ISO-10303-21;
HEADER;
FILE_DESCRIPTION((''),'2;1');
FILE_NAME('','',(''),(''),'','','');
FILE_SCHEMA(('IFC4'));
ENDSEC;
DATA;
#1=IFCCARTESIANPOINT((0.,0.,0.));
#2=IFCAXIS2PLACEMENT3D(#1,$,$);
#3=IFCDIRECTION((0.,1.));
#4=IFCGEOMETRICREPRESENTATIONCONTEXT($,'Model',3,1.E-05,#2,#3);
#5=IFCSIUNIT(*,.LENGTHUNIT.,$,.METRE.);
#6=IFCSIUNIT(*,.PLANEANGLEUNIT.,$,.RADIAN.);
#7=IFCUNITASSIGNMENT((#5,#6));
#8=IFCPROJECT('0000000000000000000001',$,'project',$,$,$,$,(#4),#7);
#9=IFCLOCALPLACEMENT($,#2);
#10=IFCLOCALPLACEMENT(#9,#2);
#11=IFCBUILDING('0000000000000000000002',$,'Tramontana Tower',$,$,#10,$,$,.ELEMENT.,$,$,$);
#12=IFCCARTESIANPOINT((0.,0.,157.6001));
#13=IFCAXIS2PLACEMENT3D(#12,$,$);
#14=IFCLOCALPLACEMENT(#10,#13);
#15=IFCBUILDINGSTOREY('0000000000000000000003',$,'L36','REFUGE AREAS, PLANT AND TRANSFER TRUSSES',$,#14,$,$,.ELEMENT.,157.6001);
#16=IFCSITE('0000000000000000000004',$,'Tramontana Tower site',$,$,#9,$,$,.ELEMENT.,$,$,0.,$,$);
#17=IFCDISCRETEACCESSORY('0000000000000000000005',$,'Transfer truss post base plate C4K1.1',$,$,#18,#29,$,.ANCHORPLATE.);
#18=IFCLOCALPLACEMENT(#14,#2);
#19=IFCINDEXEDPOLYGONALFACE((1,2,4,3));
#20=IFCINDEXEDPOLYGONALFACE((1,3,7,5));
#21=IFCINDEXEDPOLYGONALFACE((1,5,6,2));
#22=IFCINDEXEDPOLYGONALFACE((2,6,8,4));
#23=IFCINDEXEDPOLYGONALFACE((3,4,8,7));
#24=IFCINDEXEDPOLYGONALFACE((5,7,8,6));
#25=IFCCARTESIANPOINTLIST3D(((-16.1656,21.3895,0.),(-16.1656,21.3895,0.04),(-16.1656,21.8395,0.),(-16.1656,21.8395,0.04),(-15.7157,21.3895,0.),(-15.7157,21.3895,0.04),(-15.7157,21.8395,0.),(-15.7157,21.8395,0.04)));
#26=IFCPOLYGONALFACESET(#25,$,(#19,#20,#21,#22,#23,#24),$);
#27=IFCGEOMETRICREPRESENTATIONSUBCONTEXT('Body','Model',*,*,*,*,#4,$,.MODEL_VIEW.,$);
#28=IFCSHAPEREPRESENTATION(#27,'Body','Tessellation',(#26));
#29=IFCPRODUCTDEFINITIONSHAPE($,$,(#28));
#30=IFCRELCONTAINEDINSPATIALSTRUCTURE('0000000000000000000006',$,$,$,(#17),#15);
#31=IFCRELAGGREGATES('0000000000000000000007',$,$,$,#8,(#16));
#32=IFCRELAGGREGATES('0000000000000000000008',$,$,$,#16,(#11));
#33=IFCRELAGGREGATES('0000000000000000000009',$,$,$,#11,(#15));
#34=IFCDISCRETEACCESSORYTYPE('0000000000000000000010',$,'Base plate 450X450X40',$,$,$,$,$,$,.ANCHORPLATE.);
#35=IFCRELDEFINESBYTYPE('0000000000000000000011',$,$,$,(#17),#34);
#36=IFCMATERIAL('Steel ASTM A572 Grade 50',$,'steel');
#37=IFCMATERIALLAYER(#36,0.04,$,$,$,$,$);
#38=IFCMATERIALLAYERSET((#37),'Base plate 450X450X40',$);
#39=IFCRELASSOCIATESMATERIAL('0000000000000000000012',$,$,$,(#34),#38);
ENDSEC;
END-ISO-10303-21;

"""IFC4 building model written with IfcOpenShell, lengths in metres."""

from ifc_helpers import new_model, si_unit, direction, frame, origin, origin_2d, place, context, subcontext, project, spatial, rectangle, extrude, material, layer, layer_set, type_object, element, save


model = new_model("IFC4")

# Units and contexts
model_context = context("Model", 3, precision=1e-05, world=origin(), true_north=direction((0.0, 1.0)))
body_context = subcontext(model_context, "Body", "Model", "MODEL_VIEW")
ifc_project = project(units=[si_unit("LENGTHUNIT", "METRE"), si_unit("PLANEANGLEUNIT", "RADIAN")], contexts=[model_context])

# Site, building, storey
site_placement = place(None, origin())
site = spatial("IfcSite", under=ifc_project, at=site_placement, Name="Tramontana Tower site", CompositionType="ELEMENT", RefElevation=0.0)
building_placement = place(site_placement, origin())
building = spatial("IfcBuilding", under=site, at=building_placement, Name="Tramontana Tower", CompositionType="ELEMENT")
storey_placement = place(building_placement, frame((0.0, 0.0, 157.6001)))
storey = spatial("IfcBuildingStorey", under=building, at=storey_placement, Name="L36", Description="REFUGE AREAS, PLANT AND TRANSFER TRUSSES", CompositionType="ELEMENT", Elevation=157.6001)

# Discrete accessory
ifc_material_1 = material(Name="Steel ASTM A572 Grade 50", Category="steel")
ifc_layer = layer(ifc_material_1, 0.04)
ifc_layer_set = layer_set([ifc_layer], Name="Base plate 450X450X40")
discrete_accessory_type = type_object("IfcDiscreteAccessoryType", Name="Base plate 450X450X40", PredefinedType="ANCHORPLATE", material=ifc_layer_set)
discrete_accessory_placement = place(storey_placement, frame((-15.9407, 21.6145, 0.0), z_axis=(0.0, 0.0, 1.0), x_axis=(1.0, 0.0, 0.0)))
element("IfcDiscreteAccessory", 1, at=discrete_accessory_placement, inside=storey, type_object=discrete_accessory_type, Name="Transfer truss post base plate C4K1.1", PredefinedType="ANCHORPLATE", context=body_context, shape_type="SweptSolid", body=[
    extrude(rectangle(XDim=0.45, YDim=0.45, at=origin_2d()), origin(), (0.0, 0.0, 1.0), 0.04),
])

save(model, "model.ifc")
